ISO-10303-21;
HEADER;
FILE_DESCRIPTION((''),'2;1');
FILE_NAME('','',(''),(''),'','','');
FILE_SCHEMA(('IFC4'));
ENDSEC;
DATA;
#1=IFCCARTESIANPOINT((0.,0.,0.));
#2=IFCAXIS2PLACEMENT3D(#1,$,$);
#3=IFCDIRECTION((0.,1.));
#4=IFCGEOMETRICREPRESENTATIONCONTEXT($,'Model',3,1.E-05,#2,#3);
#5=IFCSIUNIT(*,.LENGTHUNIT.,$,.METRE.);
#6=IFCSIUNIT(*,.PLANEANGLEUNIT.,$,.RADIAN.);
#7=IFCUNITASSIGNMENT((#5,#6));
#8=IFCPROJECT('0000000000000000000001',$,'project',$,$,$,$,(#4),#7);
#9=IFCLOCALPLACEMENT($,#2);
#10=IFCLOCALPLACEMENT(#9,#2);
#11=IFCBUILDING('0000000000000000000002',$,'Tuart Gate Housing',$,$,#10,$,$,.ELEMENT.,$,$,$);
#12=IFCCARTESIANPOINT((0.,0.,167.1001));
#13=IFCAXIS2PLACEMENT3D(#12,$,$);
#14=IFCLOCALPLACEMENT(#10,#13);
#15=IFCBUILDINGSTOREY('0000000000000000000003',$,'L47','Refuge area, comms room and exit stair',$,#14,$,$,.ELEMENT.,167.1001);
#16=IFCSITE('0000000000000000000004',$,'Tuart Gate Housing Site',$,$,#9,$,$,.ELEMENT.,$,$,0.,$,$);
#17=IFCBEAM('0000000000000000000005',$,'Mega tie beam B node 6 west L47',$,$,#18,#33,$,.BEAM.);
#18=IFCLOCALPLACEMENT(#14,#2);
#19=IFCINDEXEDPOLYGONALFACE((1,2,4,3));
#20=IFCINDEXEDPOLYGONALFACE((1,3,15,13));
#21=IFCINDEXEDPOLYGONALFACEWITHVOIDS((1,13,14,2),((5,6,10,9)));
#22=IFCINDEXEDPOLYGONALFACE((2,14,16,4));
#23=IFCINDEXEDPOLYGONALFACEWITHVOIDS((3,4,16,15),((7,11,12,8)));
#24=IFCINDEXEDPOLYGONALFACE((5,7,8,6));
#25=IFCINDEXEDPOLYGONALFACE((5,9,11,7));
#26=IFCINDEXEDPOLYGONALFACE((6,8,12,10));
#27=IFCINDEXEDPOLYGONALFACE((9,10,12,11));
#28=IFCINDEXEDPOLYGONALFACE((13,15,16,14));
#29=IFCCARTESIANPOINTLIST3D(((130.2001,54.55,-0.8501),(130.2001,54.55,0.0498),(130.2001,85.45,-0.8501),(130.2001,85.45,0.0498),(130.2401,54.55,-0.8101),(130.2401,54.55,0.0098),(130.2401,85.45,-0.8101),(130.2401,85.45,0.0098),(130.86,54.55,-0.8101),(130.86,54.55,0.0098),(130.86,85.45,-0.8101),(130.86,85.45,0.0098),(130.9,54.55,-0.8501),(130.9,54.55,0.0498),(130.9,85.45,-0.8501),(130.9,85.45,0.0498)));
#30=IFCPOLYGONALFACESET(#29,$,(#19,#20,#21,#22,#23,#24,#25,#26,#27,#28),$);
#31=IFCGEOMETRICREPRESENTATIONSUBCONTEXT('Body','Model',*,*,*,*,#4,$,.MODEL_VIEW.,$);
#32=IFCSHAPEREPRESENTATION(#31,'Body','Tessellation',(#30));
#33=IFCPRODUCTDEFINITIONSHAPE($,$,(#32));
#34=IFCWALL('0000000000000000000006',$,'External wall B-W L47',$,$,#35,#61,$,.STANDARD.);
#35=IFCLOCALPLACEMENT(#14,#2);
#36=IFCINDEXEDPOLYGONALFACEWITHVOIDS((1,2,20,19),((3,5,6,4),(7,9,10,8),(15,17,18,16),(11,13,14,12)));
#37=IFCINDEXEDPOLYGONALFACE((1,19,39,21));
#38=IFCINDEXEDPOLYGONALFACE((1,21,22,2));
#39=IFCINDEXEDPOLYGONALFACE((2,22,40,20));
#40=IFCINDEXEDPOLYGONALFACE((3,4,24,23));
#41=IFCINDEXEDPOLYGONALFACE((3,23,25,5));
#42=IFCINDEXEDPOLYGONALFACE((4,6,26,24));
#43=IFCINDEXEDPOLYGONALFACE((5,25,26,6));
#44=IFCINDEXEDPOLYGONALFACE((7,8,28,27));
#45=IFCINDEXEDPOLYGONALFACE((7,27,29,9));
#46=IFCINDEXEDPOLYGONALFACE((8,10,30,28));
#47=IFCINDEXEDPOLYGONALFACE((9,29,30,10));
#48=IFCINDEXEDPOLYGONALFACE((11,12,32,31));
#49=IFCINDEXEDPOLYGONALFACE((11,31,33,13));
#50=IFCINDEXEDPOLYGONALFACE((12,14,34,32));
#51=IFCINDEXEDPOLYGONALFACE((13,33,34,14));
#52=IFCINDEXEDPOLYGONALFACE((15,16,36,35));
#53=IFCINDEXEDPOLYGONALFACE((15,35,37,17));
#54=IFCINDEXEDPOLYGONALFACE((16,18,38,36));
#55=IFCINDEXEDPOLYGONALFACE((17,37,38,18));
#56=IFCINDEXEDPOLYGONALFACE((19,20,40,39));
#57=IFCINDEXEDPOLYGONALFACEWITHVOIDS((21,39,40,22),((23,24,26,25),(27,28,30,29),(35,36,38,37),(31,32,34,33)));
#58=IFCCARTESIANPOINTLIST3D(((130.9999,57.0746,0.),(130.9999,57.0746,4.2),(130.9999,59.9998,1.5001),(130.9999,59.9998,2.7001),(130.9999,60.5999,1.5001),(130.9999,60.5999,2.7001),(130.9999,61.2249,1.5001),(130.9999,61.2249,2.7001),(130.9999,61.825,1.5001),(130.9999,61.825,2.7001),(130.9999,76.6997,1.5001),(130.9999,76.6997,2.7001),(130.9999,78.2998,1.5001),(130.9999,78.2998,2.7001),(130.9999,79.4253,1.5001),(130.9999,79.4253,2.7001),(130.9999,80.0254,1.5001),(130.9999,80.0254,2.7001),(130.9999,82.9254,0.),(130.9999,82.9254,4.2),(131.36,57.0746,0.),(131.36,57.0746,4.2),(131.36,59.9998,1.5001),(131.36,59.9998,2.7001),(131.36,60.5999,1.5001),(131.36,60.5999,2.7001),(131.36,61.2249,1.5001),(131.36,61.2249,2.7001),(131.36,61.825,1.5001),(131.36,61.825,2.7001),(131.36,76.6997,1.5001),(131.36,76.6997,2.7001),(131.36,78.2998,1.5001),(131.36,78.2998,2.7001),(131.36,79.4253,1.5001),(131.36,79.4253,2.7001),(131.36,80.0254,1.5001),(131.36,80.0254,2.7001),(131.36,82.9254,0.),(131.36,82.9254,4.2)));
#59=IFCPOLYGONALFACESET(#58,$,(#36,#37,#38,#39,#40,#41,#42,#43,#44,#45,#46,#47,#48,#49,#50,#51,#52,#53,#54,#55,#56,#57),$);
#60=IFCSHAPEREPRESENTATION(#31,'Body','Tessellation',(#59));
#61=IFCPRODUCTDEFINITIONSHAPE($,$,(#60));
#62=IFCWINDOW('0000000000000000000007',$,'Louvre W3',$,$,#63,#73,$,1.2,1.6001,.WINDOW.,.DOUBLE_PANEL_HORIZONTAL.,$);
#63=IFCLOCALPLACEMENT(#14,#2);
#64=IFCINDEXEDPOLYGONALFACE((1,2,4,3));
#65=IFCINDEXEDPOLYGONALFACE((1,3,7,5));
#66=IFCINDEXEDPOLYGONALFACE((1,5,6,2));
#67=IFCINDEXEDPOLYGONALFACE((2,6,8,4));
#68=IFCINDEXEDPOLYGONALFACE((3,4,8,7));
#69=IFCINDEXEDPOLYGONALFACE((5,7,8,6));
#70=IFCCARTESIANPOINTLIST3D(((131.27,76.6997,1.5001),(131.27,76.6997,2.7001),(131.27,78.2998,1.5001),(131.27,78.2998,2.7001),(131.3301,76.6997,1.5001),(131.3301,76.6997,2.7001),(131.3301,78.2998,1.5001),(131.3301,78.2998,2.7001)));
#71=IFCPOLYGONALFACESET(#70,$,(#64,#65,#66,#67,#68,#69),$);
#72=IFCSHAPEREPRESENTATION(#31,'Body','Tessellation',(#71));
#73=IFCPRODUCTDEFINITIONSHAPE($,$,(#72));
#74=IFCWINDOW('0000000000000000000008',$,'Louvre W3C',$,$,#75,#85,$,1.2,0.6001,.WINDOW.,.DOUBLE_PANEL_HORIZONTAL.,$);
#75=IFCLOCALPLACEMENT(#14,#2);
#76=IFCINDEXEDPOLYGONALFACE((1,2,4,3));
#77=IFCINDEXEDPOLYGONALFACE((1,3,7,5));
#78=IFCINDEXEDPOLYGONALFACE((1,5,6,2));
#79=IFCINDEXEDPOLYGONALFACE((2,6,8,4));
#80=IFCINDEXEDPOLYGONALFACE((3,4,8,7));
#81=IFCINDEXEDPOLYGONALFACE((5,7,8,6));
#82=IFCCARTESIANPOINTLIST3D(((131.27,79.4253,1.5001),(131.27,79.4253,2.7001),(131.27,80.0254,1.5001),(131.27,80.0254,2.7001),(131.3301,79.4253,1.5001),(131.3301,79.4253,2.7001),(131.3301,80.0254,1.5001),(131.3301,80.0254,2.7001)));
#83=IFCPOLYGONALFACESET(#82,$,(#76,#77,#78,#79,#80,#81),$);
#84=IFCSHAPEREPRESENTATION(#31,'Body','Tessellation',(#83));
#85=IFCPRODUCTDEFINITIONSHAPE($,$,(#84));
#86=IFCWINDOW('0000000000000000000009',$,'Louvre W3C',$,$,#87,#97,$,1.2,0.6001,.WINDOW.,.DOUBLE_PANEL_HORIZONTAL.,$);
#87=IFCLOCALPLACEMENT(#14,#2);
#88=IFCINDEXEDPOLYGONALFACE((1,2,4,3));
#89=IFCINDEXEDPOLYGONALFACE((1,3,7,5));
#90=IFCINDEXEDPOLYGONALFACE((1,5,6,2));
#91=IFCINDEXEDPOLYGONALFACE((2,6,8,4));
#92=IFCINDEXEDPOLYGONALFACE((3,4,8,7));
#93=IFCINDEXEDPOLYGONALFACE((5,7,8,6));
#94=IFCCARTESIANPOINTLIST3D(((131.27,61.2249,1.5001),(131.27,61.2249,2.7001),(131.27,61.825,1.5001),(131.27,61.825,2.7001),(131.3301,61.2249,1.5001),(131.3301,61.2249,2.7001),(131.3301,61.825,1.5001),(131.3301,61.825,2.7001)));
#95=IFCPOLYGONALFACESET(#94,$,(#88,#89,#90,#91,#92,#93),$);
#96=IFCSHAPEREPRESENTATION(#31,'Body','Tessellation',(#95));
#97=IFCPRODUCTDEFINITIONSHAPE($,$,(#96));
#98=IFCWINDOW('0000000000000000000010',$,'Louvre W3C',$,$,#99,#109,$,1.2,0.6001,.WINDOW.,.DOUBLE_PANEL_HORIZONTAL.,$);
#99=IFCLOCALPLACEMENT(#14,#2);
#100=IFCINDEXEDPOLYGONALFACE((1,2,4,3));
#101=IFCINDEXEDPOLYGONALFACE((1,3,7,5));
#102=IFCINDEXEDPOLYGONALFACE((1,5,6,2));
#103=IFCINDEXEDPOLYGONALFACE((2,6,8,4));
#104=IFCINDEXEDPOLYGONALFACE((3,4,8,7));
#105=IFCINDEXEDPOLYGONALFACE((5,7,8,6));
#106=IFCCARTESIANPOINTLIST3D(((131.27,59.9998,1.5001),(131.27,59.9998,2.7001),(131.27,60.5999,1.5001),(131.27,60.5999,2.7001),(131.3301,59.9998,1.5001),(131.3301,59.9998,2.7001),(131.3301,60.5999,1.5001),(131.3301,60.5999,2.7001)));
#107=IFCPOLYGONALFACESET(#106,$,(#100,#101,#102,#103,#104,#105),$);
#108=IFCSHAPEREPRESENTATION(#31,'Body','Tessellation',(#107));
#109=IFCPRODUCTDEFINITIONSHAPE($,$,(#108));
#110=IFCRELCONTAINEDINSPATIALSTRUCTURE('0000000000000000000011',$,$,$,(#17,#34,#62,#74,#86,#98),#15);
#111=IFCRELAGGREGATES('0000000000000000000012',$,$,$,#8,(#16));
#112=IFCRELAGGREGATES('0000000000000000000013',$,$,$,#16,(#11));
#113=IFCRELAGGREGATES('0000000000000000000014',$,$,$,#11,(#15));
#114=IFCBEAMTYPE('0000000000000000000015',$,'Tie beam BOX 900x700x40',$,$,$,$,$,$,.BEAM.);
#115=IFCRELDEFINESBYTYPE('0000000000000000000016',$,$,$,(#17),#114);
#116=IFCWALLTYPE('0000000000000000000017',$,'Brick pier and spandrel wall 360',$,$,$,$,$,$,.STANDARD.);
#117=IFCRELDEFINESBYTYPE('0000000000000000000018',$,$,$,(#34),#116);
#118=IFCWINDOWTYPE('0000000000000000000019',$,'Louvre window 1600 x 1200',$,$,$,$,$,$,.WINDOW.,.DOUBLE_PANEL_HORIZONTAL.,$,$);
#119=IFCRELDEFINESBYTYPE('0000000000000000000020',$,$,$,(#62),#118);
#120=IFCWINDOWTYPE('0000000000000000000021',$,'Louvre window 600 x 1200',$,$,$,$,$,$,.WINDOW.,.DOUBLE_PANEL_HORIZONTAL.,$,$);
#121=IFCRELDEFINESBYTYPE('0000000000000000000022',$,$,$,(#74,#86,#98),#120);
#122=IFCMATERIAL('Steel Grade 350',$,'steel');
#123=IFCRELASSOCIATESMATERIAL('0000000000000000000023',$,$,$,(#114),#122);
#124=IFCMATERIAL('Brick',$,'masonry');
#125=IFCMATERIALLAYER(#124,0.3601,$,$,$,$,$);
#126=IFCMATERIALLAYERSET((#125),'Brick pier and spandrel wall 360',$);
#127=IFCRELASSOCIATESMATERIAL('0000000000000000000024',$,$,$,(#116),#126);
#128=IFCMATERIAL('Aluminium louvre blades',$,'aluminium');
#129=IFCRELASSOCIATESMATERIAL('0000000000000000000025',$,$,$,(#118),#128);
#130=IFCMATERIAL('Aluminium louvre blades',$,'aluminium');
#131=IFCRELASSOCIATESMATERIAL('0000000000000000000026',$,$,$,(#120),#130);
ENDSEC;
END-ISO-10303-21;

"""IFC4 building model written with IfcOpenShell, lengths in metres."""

from ifc_helpers import new_model, si_unit, direction, frame, frame_2d, origin, origin_2d, place, context, subcontext, project, spatial, rectangle, hollow_rectangle, extrude, material, layer, layer_set, material_profile, profile_set, type_object, element, fill, save


model = new_model("IFC4")

# Units and contexts
model_context = context("Model", 3, precision=1e-05, world=origin(), true_north=direction((0.0, 1.0)))
body_context = subcontext(model_context, "Body", "Model", "MODEL_VIEW")
ifc_project = project(units=[si_unit("LENGTHUNIT", "METRE"), si_unit("PLANEANGLEUNIT", "RADIAN")], contexts=[model_context])

# Site, building, storey
site_placement = place(None, origin())
site = spatial("IfcSite", under=ifc_project, at=site_placement, Name="Tuart Gate Housing Site", CompositionType="ELEMENT", RefElevation=0.0)
building_placement = place(site_placement, origin())
building = spatial("IfcBuilding", under=site, at=building_placement, Name="Tuart Gate Housing", CompositionType="ELEMENT")
storey_placement = place(building_placement, frame((0.0, 0.0, 167.1001)))
storey = spatial("IfcBuildingStorey", under=building, at=storey_placement, Name="L47", Description="Refuge area, comms room and exit stair", CompositionType="ELEMENT", Elevation=167.1001)

# Beam
ifc_material_1 = material(Name="Steel Grade 350", Category="steel")
ifc_material_profile_1 = material_profile(ifc_material_1, hollow_rectangle(XDim=0.7, YDim=0.8999, WallThickness=0.04, at=origin_2d()), Name="BOX 900x700x40")
ifc_profile_set_1 = profile_set([ifc_material_profile_1], Name="Steel Grade 350")
beam_type_1 = type_object("IfcBeamType", Name="Tie beam BOX 900x700x40", PredefinedType="BEAM", material=ifc_profile_set_1)
beam_1_placement = place(storey_placement, frame((130.55, 54.55, -0.4001), z_axis=(0.0, 1.0, 0.0), x_axis=(-1.0, 0.0, 0.0)))
element("IfcBeam", 1, at=beam_1_placement, inside=storey, type_object=beam_type_1, Name="Mega tie beam B node 6 west L47", PredefinedType="BEAM", context=body_context, shape_type="SweptSolid", body=[
    extrude(hollow_rectangle(XDim=0.7, YDim=0.8999, WallThickness=0.04, at=origin_2d()), origin(), (0.0, 0.0, 1.0), 30.8999),
])

# Wall, openings, windows
ifc_material_2 = material(Name="Brick", Category="masonry")
ifc_layer_1 = layer(ifc_material_2, 0.3601)
ifc_layer_set_1 = layer_set([ifc_layer_1], Name="Brick pier and spandrel wall 360")
wall_type_1 = type_object("IfcWallType", Name="Brick pier and spandrel wall 360", PredefinedType="STANDARD", material=ifc_layer_set_1)
wall_1_placement = place(storey_placement, frame((131.1799, 82.9253, 0.0), z_axis=(0.0, 0.0, 1.0), x_axis=(0.0, -1.0, 0.0)))
wall_1 = element("IfcWall", 2, at=wall_1_placement, inside=storey, type_object=wall_type_1, Name="External wall B-W L47", PredefinedType="STANDARD", context=body_context, shape_type="SweptSolid", body=[
    extrude(rectangle(XDim=25.8508, YDim=0.3601, at=frame_2d((12.9253, 0.0))), origin(), (0.0, 0.0, 1.0), 4.2),
])
opening_1_placement = place(wall_1_placement, frame((2.8999, 0.0, 1.5)))
opening_1 = element("IfcOpeningElement", 3, at=opening_1_placement, cuts=wall_1, PredefinedType="OPENING", context=body_context, shape_type="SweptSolid", body=[
    extrude(rectangle(XDim=0.6001, YDim=1.2, at=frame_2d((0.3, 0.6001))), frame((0.0, 0.1899, 0.0), z_axis=(0.0, -1.0, 0.0), x_axis=(1.0, 0.0, 0.0)), (0.0, 0.0, 1.0), 0.3801),
])
opening_2_placement = place(wall_1_placement, frame((4.6255, 0.0, 1.5)))
opening_2 = element("IfcOpeningElement", 4, at=opening_2_placement, cuts=wall_1, PredefinedType="OPENING", context=body_context, shape_type="SweptSolid", body=[
    extrude(rectangle(XDim=1.6001, YDim=1.2, at=frame_2d((0.8, 0.6001))), frame((0.0, 0.1899, 0.0), z_axis=(0.0, -1.0, 0.0), x_axis=(1.0, 0.0, 0.0)), (0.0, 0.0, 1.0), 0.3801),
])
opening_3_placement = place(wall_1_placement, frame((21.1003, 0.0, 1.5)))
opening_3 = element("IfcOpeningElement", 5, at=opening_3_placement, cuts=wall_1, PredefinedType="OPENING", context=body_context, shape_type="SweptSolid", body=[
    extrude(rectangle(XDim=0.6001, YDim=1.2, at=frame_2d((0.3, 0.6001))), frame((0.0, 0.1899, 0.0), z_axis=(0.0, -1.0, 0.0), x_axis=(1.0, 0.0, 0.0)), (0.0, 0.0, 1.0), 0.3801),
])
opening_4_placement = place(wall_1_placement, frame((22.3254, 0.0, 1.5)))
opening_4 = element("IfcOpeningElement", 6, at=opening_4_placement, cuts=wall_1, PredefinedType="OPENING", context=body_context, shape_type="SweptSolid", body=[
    extrude(rectangle(XDim=0.6001, YDim=1.2, at=frame_2d((0.3, 0.6001))), frame((0.0, 0.1899, 0.0), z_axis=(0.0, -1.0, 0.0), x_axis=(1.0, 0.0, 0.0)), (0.0, 0.0, 1.0), 0.3801),
])
ifc_material_3 = material(Name="Aluminium louvre blades", Category="aluminium")
window_type_1 = type_object("IfcWindowType", Name="Louvre window 1600 x 1200", PartitioningType="DOUBLE_PANEL_HORIZONTAL", PredefinedType="WINDOW", material=ifc_material_3)
window_1_placement = place(opening_2_placement, origin())
window_1 = element("IfcWindow", 7, at=window_1_placement, inside=storey, type_object=window_type_1, Name="Louvre W3", OverallHeight=1.2, OverallWidth=1.6001, PartitioningType="DOUBLE_PANEL_HORIZONTAL", PredefinedType="WINDOW", context=body_context, shape_type="SweptSolid", body=[
    extrude(rectangle(XDim=1.6001, YDim=1.2, at=frame_2d((0.8, 0.6001))), frame((0.0, 0.1501, 0.0), z_axis=(0.0, -1.0, 0.0), x_axis=(1.0, 0.0, 0.0)), (0.0, 0.0, 1.0), 0.0601),
])
fill(opening_2, window_1)
ifc_material_4 = material(Name="Aluminium louvre blades", Category="aluminium")
window_type_2 = type_object("IfcWindowType", Name="Louvre window 600 x 1200", PartitioningType="DOUBLE_PANEL_HORIZONTAL", PredefinedType="WINDOW", material=ifc_material_4)
window_2_placement = place(opening_1_placement, origin())
window_2 = element("IfcWindow", 8, at=window_2_placement, inside=storey, type_object=window_type_2, Name="Louvre W3C", OverallHeight=1.2, OverallWidth=0.6001, PartitioningType="DOUBLE_PANEL_HORIZONTAL", PredefinedType="WINDOW", context=body_context, shape_type="SweptSolid", body=[
    extrude(rectangle(XDim=0.6001, YDim=1.2, at=frame_2d((0.3, 0.6001))), frame((0.0, 0.1501, 0.0), z_axis=(0.0, -1.0, 0.0), x_axis=(1.0, 0.0, 0.0)), (0.0, 0.0, 1.0), 0.0601),
])
fill(opening_1, window_2)
window_3_placement = place(opening_3_placement, origin())
window_3 = element("IfcWindow", 9, at=window_3_placement, inside=storey, type_object=window_type_2, Name="Louvre W3C", OverallHeight=1.2, OverallWidth=0.6001, PartitioningType="DOUBLE_PANEL_HORIZONTAL", PredefinedType="WINDOW", context=body_context, shape_type="SweptSolid", body=[
    extrude(rectangle(XDim=0.6001, YDim=1.2, at=frame_2d((0.3, 0.6001))), frame((0.0, 0.1501, 0.0), z_axis=(0.0, -1.0, 0.0), x_axis=(1.0, 0.0, 0.0)), (0.0, 0.0, 1.0), 0.0601),
])
fill(opening_3, window_3)
window_4_placement = place(opening_4_placement, origin())
window_4 = element("IfcWindow", 10, at=window_4_placement, inside=storey, type_object=window_type_2, Name="Louvre W3C", OverallHeight=1.2, OverallWidth=0.6001, PartitioningType="DOUBLE_PANEL_HORIZONTAL", PredefinedType="WINDOW", context=body_context, shape_type="SweptSolid", body=[
    extrude(rectangle(XDim=0.6001, YDim=1.2, at=frame_2d((0.3, 0.6001))), frame((0.0, 0.1501, 0.0), z_axis=(0.0, -1.0, 0.0), x_axis=(1.0, 0.0, 0.0)), (0.0, 0.0, 1.0), 0.0601),
])
fill(opening_4, window_4)

save(model, "model.ifc")
